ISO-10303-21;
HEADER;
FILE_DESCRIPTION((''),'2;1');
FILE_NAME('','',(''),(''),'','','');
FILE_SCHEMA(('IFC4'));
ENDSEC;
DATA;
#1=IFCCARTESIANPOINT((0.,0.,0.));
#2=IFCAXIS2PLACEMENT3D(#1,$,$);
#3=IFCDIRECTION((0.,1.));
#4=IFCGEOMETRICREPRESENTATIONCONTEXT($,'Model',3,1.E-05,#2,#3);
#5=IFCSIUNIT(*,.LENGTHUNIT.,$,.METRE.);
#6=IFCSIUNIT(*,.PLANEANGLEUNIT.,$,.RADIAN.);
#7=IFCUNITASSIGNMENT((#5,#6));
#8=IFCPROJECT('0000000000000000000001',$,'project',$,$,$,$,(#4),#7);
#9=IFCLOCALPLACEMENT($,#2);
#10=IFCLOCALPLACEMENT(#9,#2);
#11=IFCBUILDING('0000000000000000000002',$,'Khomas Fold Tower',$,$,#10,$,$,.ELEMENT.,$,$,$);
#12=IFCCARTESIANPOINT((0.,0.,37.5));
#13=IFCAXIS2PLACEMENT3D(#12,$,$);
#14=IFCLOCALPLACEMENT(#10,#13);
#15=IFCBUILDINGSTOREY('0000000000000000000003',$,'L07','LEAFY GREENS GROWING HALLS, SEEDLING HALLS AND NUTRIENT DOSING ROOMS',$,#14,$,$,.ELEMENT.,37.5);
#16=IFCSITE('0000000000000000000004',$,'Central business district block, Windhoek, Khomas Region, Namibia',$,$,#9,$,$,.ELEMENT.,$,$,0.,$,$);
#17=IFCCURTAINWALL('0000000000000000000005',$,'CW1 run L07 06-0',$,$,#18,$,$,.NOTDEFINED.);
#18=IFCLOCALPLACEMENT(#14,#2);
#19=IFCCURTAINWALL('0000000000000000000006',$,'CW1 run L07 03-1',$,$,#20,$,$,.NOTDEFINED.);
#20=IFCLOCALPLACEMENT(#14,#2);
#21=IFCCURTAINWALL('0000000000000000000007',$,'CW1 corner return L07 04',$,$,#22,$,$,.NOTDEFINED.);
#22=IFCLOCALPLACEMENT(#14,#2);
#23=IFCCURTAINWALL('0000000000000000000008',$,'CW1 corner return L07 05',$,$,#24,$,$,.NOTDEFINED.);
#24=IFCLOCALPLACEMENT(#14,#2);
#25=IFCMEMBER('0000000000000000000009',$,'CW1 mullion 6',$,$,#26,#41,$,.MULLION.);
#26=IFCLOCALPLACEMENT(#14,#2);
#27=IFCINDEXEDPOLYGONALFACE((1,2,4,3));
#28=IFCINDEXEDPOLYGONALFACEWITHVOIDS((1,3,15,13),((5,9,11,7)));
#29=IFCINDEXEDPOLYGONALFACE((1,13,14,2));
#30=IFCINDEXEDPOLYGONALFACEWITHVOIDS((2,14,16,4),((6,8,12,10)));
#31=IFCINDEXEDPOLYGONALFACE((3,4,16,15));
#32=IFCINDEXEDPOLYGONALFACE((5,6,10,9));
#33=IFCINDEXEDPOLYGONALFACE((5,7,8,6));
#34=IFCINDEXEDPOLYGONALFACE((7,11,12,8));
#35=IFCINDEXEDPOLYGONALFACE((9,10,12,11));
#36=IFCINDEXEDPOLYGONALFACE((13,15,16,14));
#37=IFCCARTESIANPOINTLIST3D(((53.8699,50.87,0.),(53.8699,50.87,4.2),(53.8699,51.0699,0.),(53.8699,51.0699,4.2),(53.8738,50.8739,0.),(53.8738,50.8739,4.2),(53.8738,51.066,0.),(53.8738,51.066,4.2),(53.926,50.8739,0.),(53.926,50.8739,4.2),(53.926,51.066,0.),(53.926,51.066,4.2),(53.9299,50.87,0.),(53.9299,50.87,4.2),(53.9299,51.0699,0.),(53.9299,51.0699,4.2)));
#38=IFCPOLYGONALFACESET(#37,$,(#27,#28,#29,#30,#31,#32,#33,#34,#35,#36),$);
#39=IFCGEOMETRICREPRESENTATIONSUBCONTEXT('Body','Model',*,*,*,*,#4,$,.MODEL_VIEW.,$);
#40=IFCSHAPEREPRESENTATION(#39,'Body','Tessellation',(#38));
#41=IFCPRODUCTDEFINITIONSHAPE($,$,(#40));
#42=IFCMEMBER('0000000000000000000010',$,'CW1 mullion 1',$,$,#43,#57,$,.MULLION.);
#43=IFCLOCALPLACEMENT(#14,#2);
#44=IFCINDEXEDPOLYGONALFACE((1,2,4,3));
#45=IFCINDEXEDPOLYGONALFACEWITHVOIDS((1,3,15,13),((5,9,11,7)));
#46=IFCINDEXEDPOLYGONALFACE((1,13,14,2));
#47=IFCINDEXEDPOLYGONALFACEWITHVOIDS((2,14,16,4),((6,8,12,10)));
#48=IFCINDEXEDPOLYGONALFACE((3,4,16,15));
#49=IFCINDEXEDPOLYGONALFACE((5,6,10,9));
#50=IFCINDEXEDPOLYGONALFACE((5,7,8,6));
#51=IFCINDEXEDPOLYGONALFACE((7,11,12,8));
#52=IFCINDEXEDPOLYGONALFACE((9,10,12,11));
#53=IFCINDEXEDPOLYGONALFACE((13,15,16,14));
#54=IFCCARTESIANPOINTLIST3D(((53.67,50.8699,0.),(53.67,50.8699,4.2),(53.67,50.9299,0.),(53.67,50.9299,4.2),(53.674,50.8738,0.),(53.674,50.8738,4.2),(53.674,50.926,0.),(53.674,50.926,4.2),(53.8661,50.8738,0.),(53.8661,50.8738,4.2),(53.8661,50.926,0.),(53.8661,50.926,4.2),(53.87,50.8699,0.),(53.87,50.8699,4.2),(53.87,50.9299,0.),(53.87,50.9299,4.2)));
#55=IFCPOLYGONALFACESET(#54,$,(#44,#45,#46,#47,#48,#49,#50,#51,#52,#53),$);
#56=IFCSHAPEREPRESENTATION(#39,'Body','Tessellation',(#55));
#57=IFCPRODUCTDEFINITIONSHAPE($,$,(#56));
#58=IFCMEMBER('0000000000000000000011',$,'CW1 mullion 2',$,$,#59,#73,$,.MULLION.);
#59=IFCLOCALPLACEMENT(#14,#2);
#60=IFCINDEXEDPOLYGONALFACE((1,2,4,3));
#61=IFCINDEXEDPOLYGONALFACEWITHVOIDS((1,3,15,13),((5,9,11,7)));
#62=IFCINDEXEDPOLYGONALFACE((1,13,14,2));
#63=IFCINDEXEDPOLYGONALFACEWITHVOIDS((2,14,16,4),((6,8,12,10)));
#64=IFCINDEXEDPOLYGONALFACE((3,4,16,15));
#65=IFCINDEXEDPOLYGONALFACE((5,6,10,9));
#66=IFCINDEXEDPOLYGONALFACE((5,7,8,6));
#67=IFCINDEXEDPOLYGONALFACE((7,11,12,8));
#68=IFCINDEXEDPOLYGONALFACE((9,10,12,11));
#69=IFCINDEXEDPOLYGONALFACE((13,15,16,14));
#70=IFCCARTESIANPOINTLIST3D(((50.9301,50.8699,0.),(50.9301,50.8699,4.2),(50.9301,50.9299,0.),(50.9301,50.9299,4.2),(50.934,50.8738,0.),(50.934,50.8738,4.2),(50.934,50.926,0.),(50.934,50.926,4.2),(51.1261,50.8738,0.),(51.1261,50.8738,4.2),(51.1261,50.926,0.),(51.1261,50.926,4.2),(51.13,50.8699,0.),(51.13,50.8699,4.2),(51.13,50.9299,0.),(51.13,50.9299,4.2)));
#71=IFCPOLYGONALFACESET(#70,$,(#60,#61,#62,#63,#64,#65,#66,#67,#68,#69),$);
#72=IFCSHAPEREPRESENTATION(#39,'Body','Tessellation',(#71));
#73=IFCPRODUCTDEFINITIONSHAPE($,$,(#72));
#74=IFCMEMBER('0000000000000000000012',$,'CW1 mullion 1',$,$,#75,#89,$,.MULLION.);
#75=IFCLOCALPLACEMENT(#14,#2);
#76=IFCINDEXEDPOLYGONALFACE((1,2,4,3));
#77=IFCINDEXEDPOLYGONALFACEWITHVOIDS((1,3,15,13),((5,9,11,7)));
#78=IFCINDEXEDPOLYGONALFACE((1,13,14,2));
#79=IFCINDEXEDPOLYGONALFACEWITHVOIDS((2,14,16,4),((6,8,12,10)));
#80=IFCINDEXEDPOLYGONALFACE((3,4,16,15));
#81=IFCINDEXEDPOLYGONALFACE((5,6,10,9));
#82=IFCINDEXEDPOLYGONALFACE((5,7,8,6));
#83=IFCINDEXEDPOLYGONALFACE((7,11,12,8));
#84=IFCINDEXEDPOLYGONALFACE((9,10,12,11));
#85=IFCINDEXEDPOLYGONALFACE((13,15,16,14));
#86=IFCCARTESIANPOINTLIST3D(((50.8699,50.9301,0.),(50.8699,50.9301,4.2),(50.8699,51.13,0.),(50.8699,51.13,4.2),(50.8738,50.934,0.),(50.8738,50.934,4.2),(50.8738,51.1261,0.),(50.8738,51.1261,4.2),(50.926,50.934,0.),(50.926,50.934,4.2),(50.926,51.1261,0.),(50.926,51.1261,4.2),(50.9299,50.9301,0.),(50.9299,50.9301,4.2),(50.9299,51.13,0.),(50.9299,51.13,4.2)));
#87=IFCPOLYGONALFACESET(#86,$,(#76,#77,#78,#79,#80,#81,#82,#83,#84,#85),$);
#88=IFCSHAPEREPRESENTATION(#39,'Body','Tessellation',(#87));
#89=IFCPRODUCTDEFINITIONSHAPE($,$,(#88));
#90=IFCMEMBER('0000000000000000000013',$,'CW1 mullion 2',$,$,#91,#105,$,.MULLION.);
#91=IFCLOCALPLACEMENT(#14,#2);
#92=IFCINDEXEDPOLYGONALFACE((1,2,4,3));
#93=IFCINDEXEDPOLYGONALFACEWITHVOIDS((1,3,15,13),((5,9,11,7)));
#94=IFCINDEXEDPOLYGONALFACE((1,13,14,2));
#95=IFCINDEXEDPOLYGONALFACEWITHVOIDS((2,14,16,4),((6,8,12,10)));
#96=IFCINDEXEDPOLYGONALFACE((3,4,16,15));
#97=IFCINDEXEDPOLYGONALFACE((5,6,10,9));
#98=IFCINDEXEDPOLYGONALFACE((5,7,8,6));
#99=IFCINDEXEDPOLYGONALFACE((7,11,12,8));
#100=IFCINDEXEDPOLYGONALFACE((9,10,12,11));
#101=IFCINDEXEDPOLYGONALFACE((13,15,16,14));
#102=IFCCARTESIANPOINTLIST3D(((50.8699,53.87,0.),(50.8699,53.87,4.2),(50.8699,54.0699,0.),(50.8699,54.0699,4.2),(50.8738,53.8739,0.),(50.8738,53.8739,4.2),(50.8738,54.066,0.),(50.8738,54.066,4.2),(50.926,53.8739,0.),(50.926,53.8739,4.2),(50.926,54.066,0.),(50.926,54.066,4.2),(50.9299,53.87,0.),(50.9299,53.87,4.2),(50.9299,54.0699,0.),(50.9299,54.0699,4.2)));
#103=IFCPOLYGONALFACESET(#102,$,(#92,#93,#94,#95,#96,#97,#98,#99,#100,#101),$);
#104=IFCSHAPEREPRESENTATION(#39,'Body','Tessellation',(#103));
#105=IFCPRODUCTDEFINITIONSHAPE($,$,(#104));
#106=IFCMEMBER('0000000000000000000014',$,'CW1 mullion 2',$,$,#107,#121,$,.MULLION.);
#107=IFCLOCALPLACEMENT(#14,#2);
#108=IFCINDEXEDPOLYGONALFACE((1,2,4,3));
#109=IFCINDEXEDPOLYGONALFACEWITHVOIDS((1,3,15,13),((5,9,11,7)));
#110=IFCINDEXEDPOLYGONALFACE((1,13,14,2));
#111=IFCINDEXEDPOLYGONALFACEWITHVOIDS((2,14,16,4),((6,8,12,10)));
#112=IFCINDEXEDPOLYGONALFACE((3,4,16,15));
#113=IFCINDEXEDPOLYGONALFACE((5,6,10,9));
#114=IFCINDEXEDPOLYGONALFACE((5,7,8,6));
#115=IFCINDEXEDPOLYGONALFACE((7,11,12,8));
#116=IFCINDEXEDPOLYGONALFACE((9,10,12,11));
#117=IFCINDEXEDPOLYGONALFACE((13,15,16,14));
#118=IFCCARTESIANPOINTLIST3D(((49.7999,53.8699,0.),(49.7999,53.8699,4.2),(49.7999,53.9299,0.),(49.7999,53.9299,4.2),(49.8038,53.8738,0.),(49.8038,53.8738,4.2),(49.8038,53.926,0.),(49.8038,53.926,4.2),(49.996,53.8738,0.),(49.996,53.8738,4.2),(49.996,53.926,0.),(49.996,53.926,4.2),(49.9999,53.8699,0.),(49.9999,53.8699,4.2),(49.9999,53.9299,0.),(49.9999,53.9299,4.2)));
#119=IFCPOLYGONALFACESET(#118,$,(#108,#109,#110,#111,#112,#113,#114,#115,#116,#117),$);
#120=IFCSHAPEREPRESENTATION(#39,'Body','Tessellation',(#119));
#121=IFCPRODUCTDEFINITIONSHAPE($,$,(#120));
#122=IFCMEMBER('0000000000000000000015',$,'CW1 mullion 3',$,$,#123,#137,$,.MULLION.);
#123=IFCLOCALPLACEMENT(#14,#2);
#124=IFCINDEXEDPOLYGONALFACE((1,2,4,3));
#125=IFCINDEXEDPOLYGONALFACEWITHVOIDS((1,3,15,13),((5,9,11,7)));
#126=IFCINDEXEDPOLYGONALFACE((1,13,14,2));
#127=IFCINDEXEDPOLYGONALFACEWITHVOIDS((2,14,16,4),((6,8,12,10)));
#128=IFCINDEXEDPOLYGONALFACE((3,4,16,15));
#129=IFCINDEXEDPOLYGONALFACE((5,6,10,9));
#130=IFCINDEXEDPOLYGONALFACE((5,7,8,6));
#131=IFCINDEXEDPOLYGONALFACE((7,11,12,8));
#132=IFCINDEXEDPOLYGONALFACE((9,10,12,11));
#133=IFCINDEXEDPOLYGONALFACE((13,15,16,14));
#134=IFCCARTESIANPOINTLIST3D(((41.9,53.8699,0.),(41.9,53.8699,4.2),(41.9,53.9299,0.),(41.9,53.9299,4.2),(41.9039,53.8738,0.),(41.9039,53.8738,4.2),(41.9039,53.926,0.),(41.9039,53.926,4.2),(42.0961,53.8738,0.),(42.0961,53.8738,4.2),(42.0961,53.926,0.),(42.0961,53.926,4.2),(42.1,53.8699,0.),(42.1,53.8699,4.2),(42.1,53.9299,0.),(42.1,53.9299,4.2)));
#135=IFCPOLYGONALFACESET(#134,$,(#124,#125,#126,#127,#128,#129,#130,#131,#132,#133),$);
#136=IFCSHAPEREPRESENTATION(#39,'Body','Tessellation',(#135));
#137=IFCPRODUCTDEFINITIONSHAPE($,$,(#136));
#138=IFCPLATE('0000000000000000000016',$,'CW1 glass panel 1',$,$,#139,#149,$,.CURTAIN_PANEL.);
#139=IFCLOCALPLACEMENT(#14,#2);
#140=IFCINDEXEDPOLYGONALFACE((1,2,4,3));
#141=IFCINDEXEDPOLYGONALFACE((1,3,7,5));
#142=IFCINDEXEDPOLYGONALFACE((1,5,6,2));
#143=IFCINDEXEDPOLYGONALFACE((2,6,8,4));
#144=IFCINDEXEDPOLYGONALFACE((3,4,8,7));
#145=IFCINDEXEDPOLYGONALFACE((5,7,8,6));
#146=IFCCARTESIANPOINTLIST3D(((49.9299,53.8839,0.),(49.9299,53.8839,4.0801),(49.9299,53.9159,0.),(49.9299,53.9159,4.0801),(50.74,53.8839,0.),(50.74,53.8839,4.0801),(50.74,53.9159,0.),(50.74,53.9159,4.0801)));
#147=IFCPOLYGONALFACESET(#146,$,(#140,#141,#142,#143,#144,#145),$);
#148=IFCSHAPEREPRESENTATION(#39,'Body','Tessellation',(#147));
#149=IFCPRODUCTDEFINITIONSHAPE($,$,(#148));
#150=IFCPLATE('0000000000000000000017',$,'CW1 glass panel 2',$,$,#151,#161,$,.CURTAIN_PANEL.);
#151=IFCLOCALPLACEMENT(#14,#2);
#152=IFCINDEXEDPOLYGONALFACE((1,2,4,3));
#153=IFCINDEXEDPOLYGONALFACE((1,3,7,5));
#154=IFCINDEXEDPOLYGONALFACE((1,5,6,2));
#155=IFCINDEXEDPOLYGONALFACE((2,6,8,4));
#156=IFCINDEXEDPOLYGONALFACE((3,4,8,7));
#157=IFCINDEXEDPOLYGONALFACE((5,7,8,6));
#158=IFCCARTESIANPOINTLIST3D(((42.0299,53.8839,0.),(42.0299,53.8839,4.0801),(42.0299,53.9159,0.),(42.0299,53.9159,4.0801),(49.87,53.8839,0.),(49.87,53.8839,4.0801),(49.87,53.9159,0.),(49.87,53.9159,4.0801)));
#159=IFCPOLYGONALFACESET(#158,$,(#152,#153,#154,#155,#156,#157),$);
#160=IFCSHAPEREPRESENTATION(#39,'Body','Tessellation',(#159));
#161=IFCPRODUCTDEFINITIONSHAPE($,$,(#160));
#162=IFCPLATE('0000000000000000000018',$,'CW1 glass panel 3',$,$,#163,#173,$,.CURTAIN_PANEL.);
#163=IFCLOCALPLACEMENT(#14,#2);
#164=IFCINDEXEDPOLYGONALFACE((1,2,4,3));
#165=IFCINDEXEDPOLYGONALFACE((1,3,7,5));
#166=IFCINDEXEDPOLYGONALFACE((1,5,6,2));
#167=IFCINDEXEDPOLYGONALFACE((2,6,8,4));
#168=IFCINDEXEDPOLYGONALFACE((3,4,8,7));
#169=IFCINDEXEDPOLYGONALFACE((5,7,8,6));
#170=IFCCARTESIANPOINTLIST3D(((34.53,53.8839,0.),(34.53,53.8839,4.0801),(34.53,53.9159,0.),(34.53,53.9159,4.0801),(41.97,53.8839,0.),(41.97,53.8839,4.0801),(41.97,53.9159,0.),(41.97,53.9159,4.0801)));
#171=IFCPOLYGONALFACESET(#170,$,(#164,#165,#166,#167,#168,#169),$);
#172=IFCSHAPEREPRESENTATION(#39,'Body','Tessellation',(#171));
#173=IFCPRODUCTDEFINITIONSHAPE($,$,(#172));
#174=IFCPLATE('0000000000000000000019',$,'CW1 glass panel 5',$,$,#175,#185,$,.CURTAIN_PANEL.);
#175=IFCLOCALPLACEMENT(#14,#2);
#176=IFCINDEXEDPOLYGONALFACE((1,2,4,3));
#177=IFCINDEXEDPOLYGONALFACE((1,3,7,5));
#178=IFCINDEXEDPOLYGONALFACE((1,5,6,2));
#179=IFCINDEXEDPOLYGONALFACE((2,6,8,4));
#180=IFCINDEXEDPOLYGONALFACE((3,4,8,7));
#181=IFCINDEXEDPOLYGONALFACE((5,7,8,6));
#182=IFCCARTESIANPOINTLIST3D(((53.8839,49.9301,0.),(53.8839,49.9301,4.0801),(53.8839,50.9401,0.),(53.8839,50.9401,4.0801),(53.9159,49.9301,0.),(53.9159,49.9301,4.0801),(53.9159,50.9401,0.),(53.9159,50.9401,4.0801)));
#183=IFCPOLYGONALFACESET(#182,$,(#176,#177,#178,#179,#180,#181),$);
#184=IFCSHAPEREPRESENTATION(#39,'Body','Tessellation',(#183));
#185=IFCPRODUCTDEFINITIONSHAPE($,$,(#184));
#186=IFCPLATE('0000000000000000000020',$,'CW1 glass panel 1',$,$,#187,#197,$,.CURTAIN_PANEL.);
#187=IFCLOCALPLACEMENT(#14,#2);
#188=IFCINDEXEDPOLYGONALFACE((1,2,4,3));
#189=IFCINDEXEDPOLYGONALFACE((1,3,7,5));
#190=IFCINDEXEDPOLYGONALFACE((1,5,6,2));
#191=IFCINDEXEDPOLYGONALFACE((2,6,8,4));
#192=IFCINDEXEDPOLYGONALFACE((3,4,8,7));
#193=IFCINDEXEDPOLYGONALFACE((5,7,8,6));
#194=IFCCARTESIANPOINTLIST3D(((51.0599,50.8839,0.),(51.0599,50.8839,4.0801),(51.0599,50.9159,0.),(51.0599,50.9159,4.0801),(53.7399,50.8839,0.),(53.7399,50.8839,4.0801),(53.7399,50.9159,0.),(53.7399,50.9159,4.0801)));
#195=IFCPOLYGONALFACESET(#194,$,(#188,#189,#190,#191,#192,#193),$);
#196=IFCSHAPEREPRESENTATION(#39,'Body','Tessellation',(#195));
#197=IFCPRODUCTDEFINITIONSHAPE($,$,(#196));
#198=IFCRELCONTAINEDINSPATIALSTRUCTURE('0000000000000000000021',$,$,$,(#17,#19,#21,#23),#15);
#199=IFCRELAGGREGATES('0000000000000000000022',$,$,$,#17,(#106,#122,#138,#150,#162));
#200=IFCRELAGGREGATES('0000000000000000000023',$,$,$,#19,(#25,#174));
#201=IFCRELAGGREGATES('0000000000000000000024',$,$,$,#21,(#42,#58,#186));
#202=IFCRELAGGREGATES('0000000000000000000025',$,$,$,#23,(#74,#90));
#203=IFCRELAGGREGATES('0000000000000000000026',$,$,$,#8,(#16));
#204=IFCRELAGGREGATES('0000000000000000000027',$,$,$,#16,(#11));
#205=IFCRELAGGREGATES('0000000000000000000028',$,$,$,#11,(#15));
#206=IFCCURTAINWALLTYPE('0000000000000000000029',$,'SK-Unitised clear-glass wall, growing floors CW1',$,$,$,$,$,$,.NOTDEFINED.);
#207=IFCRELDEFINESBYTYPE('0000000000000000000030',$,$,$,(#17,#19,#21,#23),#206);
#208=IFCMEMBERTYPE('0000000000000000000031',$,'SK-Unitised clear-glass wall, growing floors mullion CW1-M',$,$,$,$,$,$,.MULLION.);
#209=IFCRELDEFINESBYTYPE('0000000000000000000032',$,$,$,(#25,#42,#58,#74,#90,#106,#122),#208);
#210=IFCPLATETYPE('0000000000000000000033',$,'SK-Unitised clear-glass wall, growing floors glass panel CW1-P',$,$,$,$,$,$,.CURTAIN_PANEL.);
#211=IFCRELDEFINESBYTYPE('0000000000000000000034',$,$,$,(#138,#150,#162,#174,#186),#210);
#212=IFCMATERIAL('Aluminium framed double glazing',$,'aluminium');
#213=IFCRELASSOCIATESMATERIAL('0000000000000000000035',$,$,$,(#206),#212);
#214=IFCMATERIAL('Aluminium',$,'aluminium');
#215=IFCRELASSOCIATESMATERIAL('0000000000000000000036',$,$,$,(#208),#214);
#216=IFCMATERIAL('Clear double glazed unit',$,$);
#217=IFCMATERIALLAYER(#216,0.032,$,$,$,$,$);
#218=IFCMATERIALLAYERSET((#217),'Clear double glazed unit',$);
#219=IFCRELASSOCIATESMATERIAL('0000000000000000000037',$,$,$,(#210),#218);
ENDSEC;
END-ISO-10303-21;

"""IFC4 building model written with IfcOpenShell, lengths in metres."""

from ifc_helpers import new_model, si_unit, direction, frame, origin, origin_2d, place, context, subcontext, project, spatial, rectangle, hollow_rectangle, extrude, source, transform, mapped, material, layer, layer_set, material_profile, profile_set, type_object, element, aggregate, save


model = new_model("IFC4")

# Units and contexts
model_context = context("Model", 3, precision=1e-05, world=origin(), true_north=direction((0.0, 1.0)))
body_context = subcontext(model_context, "Body", "Model", "MODEL_VIEW")
ifc_project = project(units=[si_unit("LENGTHUNIT", "METRE"), si_unit("PLANEANGLEUNIT", "RADIAN")], contexts=[model_context])

# Site, building, storey
site_placement = place(None, origin())
site = spatial("IfcSite", under=ifc_project, at=site_placement, Name="Central business district block, Windhoek, Khomas Region, Namibia", CompositionType="ELEMENT", RefElevation=0.0)
building_placement = place(site_placement, origin())
building = spatial("IfcBuilding", under=site, at=building_placement, Name="Khomas Fold Tower", CompositionType="ELEMENT")
storey_placement = place(building_placement, frame((0.0, 0.0, 37.5)))
storey = spatial("IfcBuildingStorey", under=building, at=storey_placement, Name="L07", Description="LEAFY GREENS GROWING HALLS, SEEDLING HALLS AND NUTRIENT DOSING ROOMS", CompositionType="ELEMENT", Elevation=37.5)

# Curtain wall
ifc_material_1 = material(Name="Aluminium framed double glazing", Category="aluminium")
curtain_wall_type = type_object("IfcCurtainWallType", Name="SK-Unitised clear-glass wall, growing floors CW1", PredefinedType="NOTDEFINED", material=ifc_material_1)
curtain_wall_1_placement = place(storey_placement, origin())
curtain_wall_1 = element("IfcCurtainWall", 1, at=curtain_wall_1_placement, inside=storey, type_object=curtain_wall_type, Name="CW1 run L07 06-0", PredefinedType="NOTDEFINED")

# Curtain walls
curtain_wall_2_placement = place(storey_placement, origin())
curtain_wall_2 = element("IfcCurtainWall", 2, at=curtain_wall_2_placement, inside=storey, type_object=curtain_wall_type, Name="CW1 run L07 03-1", PredefinedType="NOTDEFINED")
curtain_wall_3_placement = place(storey_placement, origin())
curtain_wall_3 = element("IfcCurtainWall", 3, at=curtain_wall_3_placement, inside=storey, type_object=curtain_wall_type, Name="CW1 corner return L07 04", PredefinedType="NOTDEFINED")
curtain_wall_4_placement = place(storey_placement, origin())
curtain_wall_4 = element("IfcCurtainWall", 4, at=curtain_wall_4_placement, inside=storey, type_object=curtain_wall_type, Name="CW1 corner return L07 05", PredefinedType="NOTDEFINED")

# Members
ifc_material_2 = material(Name="Aluminium", Category="aluminium")
ifc_material_profile_1 = material_profile(ifc_material_2, hollow_rectangle(XDim=0.0601, YDim=0.2, WallThickness=0.0039, at=origin_2d()), Name="SK-Unitised clear-glass wall, growing floors mullion CW1-M")
ifc_profile_set_1 = profile_set([ifc_material_profile_1], Name="Aluminium")
member_type_1 = type_object("IfcMemberType", Name="SK-Unitised clear-glass wall, growing floors mullion CW1-M", PredefinedType="MULLION", material=ifc_profile_set_1)
shared_shape_1 = source(origin(), body_context, "Body", "SweptSolid", [
    extrude(hollow_rectangle(XDim=0.0601, YDim=0.2, WallThickness=0.0039, at=origin_2d()), origin(), (0.0, 0.0, 1.0), 4.2),
])
member_1_placement = place(storey_placement, frame((53.8999, 50.97, 0.0), z_axis=(0.0, 0.0, 1.0), x_axis=(-1.0, 0.0, 0.0)))
member_1 = element("IfcMember", 5, at=member_1_placement, type_object=member_type_1, Name="CW1 mullion 6", PredefinedType="MULLION", context=body_context, shape_type="MappedRepresentation", body=[
    mapped(shared_shape_1, transform((0.0, 0.0, 0.0))),
])
member_2_placement = place(storey_placement, frame((53.77, 50.8999, 0.0), z_axis=(0.0, 0.0, 1.0), x_axis=(0.0, -1.0, 0.0)))
member_2 = element("IfcMember", 6, at=member_2_placement, type_object=member_type_1, Name="CW1 mullion 1", PredefinedType="MULLION", context=body_context, shape_type="MappedRepresentation", body=[
    mapped(shared_shape_1, transform((0.0, 0.0, 0.0))),
])
member_3_placement = place(storey_placement, frame((51.03, 50.8999, 0.0), z_axis=(0.0, 0.0, 1.0), x_axis=(0.0, -1.0, 0.0)))
member_3 = element("IfcMember", 7, at=member_3_placement, type_object=member_type_1, Name="CW1 mullion 2", PredefinedType="MULLION", context=body_context, shape_type="MappedRepresentation", body=[
    mapped(shared_shape_1, transform((0.0, 0.0, 0.0))),
])
member_4_placement = place(storey_placement, frame((50.8999, 51.03, 0.0), z_axis=(0.0, 0.0, 1.0), x_axis=(-1.0, 0.0, 0.0)))
member_4 = element("IfcMember", 8, at=member_4_placement, type_object=member_type_1, Name="CW1 mullion 1", PredefinedType="MULLION", context=body_context, shape_type="MappedRepresentation", body=[
    mapped(shared_shape_1, transform((0.0, 0.0, 0.0))),
])
member_5_placement = place(storey_placement, frame((50.8999, 53.97, 0.0), z_axis=(0.0, 0.0, 1.0), x_axis=(-1.0, 0.0, 0.0)))
member_5 = element("IfcMember", 9, at=member_5_placement, type_object=member_type_1, Name="CW1 mullion 2", PredefinedType="MULLION", context=body_context, shape_type="MappedRepresentation", body=[
    mapped(shared_shape_1, transform((0.0, 0.0, 0.0))),
])
member_6_placement = place(storey_placement, frame((49.8999, 53.8999, 0.0), z_axis=(0.0, 0.0, 1.0), x_axis=(0.0, -1.0, 0.0)))
member_6 = element("IfcMember", 10, at=member_6_placement, type_object=member_type_1, Name="CW1 mullion 2", PredefinedType="MULLION", context=body_context, shape_type="MappedRepresentation", body=[
    mapped(shared_shape_1, transform((0.0, 0.0, 0.0))),
])
member_7_placement = place(storey_placement, frame((42.0, 53.8999, 0.0), z_axis=(0.0, 0.0, 1.0), x_axis=(0.0, -1.0, 0.0)))
member_7 = element("IfcMember", 11, at=member_7_placement, type_object=member_type_1, Name="CW1 mullion 3", PredefinedType="MULLION", context=body_context, shape_type="MappedRepresentation", body=[
    mapped(shared_shape_1, transform((0.0, 0.0, 0.0))),
])

# Plates
ifc_material_3 = material(Name="Clear double glazed unit")
ifc_layer = layer(ifc_material_3, 0.032)
ifc_layer_set = layer_set([ifc_layer], Name="Clear double glazed unit")
plate_type = type_object("IfcPlateType", Name="SK-Unitised clear-glass wall, growing floors glass panel CW1-P", PredefinedType="CURTAIN_PANEL", material=ifc_layer_set)
shared_shape_2 = source(origin(), body_context, "Body", "SweptSolid", [
    extrude(rectangle(XDim=0.8101, YDim=0.032, at=origin_2d()), origin(), (0.0, 0.0, 1.0), 4.0801),
])
plate_1_placement = place(storey_placement, frame((50.335, 53.8999, 0.0), z_axis=(0.0, 0.0, 1.0), x_axis=(-1.0, 0.0, 0.0)))
plate_1 = element("IfcPlate", 12, at=plate_1_placement, type_object=plate_type, Name="CW1 glass panel 1", PredefinedType="CURTAIN_PANEL", context=body_context, shape_type="MappedRepresentation", body=[
    mapped(shared_shape_2, transform((0.0, 0.0, 0.0))),
])
shared_shape_3 = source(origin(), body_context, "Body", "SweptSolid", [
    extrude(rectangle(XDim=7.8401, YDim=0.032, at=origin_2d()), origin(), (0.0, 0.0, 1.0), 4.0801),
])
plate_2_placement = place(storey_placement, frame((45.95, 53.8999, 0.0), z_axis=(0.0, 0.0, 1.0), x_axis=(-1.0, 0.0, 0.0)))
plate_2 = element("IfcPlate", 13, at=plate_2_placement, type_object=plate_type, Name="CW1 glass panel 2", PredefinedType="CURTAIN_PANEL", context=body_context, shape_type="MappedRepresentation", body=[
    mapped(shared_shape_3, transform((0.0, 0.0, 0.0))),
])
shared_shape_4 = source(origin(), body_context, "Body", "SweptSolid", [
    extrude(rectangle(XDim=7.4399, YDim=0.032, at=origin_2d()), origin(), (0.0, 0.0, 1.0), 4.0801),
])
plate_3_placement = place(storey_placement, frame((38.25, 53.8999, 0.0), z_axis=(0.0, 0.0, 1.0), x_axis=(-1.0, 0.0, 0.0)))
plate_3 = element("IfcPlate", 14, at=plate_3_placement, type_object=plate_type, Name="CW1 glass panel 3", PredefinedType="CURTAIN_PANEL", context=body_context, shape_type="MappedRepresentation", body=[
    mapped(shared_shape_4, transform((0.0, 0.0, 0.0))),
])
aggregate(curtain_wall_1, [member_6, member_7, plate_1, plate_2, plate_3])
shared_shape_5 = source(origin(), body_context, "Body", "SweptSolid", [
    extrude(rectangle(XDim=1.01, YDim=0.032, at=origin_2d()), origin(), (0.0, 0.0, 1.0), 4.0801),
])
plate_4_placement = place(storey_placement, frame((53.8999, 50.4351, 0.0), z_axis=(0.0, 0.0, 1.0), x_axis=(0.0, 1.0, 0.0)))
plate_4 = element("IfcPlate", 15, at=plate_4_placement, type_object=plate_type, Name="CW1 glass panel 5", PredefinedType="CURTAIN_PANEL", context=body_context, shape_type="MappedRepresentation", body=[
    mapped(shared_shape_5, transform((0.0, 0.0, 0.0))),
])
aggregate(curtain_wall_2, [member_1, plate_4])
shared_shape_6 = source(origin(), body_context, "Body", "SweptSolid", [
    extrude(rectangle(XDim=2.6799, YDim=0.032, at=origin_2d()), origin(), (0.0, 0.0, 1.0), 4.0801),
])
plate_5_placement = place(storey_placement, frame((52.3999, 50.8999, 0.0), z_axis=(0.0, 0.0, 1.0), x_axis=(-1.0, 0.0, 0.0)))
plate_5 = element("IfcPlate", 16, at=plate_5_placement, type_object=plate_type, Name="CW1 glass panel 1", PredefinedType="CURTAIN_PANEL", context=body_context, shape_type="MappedRepresentation", body=[
    mapped(shared_shape_6, transform((0.0, 0.0, 0.0))),
])
aggregate(curtain_wall_3, [member_2, member_3, plate_5])
aggregate(curtain_wall_4, [member_4, member_5])

save(model, "model.ifc")
